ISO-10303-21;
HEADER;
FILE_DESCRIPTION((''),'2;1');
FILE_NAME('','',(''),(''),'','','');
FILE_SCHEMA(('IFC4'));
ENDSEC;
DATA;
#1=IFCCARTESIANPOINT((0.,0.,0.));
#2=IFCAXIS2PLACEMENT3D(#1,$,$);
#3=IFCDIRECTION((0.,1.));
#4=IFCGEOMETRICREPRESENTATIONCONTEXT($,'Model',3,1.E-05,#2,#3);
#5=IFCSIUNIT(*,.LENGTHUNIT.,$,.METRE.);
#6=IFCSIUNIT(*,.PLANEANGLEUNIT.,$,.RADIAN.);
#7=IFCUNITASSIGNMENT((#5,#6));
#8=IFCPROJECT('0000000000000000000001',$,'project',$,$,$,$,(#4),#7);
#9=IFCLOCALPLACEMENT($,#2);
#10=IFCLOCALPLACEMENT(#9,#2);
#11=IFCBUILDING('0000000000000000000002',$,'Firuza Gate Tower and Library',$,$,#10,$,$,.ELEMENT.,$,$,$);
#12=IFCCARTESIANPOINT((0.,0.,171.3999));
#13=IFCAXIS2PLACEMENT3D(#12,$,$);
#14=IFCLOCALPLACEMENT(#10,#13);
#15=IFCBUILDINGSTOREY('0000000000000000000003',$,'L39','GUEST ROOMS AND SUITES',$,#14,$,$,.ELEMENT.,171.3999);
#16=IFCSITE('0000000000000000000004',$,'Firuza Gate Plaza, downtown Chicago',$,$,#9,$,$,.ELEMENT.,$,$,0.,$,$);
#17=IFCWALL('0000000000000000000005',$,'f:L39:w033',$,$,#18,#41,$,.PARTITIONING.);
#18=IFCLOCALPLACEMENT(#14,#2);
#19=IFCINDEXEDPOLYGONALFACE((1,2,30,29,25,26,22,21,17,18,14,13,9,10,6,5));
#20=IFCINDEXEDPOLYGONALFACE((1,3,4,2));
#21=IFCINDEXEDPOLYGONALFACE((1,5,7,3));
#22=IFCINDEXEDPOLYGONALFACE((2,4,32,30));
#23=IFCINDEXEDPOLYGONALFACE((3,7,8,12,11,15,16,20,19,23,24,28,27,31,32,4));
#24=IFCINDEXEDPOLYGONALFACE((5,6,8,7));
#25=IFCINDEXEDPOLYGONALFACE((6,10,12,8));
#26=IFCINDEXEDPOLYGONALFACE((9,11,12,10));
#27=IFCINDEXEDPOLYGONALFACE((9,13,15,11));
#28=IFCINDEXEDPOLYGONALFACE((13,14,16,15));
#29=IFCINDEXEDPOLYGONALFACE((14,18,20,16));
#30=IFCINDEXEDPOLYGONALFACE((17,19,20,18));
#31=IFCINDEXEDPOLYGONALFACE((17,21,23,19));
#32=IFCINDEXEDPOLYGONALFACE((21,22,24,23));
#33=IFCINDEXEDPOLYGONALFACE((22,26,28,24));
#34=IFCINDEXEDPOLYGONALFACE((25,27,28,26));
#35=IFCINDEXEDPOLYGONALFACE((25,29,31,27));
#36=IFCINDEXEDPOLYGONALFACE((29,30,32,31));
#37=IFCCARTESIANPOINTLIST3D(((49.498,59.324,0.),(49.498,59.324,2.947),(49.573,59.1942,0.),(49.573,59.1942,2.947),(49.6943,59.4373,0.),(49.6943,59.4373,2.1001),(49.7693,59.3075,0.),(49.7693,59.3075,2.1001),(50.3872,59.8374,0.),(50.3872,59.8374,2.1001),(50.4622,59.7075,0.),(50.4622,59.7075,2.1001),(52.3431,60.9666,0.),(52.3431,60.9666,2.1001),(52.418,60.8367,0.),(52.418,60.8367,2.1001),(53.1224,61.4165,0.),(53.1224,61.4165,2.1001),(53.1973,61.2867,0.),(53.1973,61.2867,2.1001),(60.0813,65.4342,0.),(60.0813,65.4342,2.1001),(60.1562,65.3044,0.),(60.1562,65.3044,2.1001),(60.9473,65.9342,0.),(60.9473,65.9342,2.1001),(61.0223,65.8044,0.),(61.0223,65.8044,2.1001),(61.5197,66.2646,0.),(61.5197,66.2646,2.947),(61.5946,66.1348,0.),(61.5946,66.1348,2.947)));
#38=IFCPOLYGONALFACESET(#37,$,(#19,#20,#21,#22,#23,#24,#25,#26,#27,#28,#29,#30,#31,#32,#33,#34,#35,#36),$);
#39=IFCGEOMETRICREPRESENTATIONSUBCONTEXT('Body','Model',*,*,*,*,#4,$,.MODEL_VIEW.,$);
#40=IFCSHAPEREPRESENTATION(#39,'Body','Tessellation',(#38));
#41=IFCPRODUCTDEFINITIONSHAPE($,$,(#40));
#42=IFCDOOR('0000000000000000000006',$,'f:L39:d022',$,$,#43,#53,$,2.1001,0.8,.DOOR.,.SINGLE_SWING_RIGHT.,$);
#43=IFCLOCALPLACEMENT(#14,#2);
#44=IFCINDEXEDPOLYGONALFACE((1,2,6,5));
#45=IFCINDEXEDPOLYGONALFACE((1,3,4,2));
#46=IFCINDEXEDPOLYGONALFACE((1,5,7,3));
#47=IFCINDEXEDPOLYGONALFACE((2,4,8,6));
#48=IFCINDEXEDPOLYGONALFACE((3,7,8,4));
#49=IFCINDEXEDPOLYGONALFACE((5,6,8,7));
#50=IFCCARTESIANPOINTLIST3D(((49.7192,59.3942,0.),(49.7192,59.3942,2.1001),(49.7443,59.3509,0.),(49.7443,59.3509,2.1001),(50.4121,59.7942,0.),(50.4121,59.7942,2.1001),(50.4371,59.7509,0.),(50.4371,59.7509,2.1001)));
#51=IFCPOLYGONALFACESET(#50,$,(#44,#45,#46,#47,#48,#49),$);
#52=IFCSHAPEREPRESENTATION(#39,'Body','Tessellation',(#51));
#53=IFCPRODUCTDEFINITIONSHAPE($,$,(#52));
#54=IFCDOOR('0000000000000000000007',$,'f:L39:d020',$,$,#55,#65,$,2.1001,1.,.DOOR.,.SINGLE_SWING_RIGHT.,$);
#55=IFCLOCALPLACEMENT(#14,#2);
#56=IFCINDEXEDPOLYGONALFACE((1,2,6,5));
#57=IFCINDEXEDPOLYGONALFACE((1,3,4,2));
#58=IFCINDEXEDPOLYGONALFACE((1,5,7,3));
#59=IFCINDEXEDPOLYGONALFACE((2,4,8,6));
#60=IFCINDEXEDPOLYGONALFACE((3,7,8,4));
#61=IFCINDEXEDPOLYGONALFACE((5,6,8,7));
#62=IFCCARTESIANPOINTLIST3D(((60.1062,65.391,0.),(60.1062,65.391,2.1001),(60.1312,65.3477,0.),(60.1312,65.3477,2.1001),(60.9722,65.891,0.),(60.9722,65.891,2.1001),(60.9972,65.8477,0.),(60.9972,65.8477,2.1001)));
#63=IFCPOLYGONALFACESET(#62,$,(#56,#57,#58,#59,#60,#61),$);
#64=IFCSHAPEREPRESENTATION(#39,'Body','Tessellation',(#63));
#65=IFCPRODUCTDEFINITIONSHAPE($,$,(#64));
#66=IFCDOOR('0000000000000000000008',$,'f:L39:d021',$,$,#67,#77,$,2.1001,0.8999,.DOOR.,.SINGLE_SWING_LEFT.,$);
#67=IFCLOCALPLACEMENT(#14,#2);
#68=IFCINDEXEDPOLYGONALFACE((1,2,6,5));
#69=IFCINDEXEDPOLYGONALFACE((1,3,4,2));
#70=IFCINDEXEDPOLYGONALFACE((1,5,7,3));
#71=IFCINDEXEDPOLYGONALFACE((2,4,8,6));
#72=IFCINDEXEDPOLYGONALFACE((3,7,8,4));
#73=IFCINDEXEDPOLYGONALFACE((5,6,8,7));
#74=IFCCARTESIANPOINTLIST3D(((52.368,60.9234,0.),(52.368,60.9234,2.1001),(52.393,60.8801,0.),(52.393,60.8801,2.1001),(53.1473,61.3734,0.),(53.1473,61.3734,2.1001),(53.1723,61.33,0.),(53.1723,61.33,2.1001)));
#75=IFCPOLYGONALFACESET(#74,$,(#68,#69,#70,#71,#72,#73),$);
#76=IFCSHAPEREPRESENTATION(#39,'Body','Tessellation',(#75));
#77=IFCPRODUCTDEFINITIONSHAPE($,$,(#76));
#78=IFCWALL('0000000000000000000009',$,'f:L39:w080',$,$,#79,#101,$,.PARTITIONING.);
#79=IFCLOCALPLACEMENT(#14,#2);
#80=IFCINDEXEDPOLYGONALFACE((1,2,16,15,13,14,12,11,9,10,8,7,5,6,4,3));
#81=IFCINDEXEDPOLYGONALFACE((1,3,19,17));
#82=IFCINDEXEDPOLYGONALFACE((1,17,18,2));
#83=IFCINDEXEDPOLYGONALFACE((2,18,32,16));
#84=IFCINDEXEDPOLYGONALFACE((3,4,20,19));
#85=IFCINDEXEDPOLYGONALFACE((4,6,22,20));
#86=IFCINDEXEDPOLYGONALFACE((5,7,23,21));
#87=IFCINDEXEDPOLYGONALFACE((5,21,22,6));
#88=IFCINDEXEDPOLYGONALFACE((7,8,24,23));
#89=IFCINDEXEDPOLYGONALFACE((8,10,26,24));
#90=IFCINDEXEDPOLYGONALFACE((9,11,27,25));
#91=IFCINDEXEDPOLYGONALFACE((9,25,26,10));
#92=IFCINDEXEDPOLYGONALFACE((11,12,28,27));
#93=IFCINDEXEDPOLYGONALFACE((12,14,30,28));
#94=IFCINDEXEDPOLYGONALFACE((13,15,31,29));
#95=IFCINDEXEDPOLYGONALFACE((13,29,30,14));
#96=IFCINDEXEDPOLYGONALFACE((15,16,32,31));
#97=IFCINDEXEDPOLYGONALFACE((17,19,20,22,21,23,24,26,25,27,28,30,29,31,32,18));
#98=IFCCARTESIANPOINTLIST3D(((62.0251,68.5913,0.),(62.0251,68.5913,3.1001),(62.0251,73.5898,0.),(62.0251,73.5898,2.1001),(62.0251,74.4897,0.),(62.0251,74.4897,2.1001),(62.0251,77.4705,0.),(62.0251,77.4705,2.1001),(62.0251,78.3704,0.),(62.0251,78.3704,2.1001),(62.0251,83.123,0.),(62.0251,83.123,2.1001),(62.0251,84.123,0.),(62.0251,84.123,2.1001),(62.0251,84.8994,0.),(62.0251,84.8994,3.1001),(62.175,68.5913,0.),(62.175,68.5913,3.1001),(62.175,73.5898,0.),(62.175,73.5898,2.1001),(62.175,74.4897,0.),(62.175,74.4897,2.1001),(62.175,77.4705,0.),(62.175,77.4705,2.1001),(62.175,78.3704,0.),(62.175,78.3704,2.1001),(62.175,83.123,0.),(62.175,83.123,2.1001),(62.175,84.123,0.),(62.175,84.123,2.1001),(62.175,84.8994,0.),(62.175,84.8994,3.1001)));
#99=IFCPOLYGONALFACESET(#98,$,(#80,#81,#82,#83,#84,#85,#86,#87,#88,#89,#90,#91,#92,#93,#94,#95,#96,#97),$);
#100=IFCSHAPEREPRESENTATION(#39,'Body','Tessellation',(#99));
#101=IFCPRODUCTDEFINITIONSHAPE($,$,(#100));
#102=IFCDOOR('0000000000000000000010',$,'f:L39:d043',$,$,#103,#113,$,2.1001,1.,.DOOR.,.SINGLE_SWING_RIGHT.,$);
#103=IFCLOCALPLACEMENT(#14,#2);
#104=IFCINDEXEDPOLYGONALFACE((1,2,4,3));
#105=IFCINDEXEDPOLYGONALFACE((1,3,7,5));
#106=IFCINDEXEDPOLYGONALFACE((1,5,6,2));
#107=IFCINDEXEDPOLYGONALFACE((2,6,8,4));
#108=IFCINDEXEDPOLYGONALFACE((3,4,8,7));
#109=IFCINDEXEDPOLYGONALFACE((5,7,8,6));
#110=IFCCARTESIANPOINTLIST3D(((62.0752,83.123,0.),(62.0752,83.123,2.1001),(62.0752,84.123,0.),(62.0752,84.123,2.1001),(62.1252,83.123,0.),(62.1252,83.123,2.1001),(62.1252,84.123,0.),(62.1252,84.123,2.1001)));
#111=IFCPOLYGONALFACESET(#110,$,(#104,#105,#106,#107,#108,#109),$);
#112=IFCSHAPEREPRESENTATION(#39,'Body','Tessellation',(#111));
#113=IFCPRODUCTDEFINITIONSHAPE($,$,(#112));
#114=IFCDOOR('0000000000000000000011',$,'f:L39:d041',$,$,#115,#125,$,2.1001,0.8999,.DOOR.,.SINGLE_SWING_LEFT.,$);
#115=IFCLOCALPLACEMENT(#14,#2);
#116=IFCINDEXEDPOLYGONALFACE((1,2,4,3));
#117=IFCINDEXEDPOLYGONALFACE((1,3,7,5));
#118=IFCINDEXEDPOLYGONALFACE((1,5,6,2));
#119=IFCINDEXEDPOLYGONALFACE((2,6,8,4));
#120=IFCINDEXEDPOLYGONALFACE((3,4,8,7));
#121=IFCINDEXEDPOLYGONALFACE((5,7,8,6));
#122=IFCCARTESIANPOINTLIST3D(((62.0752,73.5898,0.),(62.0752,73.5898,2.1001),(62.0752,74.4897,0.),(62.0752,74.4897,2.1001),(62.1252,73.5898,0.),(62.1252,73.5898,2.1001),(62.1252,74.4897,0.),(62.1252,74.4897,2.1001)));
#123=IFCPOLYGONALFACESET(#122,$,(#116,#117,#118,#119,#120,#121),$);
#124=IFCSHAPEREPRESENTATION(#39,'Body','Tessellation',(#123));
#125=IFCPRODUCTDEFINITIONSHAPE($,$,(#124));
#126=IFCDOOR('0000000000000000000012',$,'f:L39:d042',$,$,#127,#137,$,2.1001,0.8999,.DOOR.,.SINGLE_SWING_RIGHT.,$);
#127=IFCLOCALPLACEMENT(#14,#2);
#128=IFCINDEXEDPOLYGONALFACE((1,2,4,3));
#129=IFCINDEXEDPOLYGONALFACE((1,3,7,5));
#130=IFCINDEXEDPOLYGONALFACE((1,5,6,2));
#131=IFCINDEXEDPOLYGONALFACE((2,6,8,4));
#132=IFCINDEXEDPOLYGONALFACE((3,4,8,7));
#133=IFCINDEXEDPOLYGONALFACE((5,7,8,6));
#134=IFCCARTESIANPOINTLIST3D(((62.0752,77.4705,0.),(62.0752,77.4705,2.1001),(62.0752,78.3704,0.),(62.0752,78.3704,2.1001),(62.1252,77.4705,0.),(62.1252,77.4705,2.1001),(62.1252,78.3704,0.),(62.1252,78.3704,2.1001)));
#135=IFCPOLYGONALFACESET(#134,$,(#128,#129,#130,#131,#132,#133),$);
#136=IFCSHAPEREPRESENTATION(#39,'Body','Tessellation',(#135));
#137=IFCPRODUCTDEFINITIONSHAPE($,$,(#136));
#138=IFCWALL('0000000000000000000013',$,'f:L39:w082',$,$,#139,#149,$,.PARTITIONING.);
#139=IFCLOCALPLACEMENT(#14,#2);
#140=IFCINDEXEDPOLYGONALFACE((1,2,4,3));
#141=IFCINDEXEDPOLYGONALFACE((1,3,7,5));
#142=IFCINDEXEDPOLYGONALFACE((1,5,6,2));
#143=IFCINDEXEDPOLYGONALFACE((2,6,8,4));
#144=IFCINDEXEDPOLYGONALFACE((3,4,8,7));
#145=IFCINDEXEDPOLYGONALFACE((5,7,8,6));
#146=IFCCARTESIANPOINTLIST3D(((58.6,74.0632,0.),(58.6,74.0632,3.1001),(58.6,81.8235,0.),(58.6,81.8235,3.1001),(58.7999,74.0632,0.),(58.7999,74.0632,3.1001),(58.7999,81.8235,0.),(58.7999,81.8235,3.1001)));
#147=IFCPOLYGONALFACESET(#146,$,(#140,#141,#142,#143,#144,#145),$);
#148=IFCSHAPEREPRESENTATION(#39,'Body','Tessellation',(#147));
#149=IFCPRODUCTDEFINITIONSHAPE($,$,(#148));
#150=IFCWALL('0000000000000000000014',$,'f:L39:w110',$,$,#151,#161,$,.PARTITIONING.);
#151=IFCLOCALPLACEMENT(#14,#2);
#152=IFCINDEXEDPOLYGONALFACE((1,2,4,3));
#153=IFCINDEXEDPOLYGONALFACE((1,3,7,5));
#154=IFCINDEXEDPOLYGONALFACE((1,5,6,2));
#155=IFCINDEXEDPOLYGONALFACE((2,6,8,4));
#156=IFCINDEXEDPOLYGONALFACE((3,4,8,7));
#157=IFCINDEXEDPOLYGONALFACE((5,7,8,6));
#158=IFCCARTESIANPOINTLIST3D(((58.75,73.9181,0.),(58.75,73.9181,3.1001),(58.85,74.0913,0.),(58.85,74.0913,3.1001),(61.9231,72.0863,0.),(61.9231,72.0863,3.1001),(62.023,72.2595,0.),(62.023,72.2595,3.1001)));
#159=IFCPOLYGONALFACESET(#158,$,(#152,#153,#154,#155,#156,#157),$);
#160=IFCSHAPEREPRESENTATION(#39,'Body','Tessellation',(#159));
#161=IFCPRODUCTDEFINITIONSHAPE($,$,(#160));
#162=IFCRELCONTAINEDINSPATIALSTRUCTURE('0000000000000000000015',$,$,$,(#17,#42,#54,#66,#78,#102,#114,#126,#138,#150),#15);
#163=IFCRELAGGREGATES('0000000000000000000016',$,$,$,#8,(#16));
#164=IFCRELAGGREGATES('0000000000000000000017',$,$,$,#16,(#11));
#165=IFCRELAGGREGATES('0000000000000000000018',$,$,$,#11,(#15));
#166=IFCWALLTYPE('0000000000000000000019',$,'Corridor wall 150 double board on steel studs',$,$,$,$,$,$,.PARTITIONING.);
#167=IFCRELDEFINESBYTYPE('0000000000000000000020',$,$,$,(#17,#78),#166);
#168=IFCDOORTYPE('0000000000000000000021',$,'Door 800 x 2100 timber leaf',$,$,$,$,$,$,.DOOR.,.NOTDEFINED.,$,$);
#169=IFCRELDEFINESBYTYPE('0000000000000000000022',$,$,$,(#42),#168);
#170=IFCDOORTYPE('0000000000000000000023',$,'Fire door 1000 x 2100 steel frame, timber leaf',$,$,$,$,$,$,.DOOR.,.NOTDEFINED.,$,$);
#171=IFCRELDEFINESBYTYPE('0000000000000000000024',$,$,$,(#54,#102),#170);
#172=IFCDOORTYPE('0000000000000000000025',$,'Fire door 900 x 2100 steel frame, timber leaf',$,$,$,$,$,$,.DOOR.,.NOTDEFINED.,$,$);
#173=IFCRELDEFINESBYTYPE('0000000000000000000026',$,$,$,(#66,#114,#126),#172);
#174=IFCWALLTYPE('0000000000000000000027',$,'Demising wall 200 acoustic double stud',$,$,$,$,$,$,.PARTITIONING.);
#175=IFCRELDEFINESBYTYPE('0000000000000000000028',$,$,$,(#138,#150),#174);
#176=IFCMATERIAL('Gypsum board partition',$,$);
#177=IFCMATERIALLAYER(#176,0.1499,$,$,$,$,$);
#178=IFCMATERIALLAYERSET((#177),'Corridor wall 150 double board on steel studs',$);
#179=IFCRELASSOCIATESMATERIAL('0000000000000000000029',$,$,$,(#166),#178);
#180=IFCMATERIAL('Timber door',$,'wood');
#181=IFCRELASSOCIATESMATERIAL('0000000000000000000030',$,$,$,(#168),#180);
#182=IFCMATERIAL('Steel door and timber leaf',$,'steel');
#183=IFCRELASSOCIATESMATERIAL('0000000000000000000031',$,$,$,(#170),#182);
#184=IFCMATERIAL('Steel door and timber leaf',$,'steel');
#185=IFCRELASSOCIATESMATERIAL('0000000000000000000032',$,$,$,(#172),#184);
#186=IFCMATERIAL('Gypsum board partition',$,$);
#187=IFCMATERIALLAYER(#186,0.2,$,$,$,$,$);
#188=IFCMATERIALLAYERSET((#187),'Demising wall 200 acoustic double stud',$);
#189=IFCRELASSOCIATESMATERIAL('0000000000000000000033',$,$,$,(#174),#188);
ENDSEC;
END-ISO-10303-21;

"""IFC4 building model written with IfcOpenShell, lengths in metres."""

from ifc_helpers import new_model, si_unit, direction, frame, frame_2d, origin, place, context, subcontext, project, spatial, rectangle, extrude, material, layer, layer_set, type_object, element, fill, save


model = new_model("IFC4")

# Units and contexts
model_context = context("Model", 3, precision=1e-05, world=origin(), true_north=direction((0.0, 1.0)))
body_context = subcontext(model_context, "Body", "Model", "MODEL_VIEW")
ifc_project = project(units=[si_unit("LENGTHUNIT", "METRE"), si_unit("PLANEANGLEUNIT", "RADIAN")], contexts=[model_context])

# Site, building, storey
site_placement = place(None, origin())
site = spatial("IfcSite", under=ifc_project, at=site_placement, Name="Firuza Gate Plaza, downtown Chicago", CompositionType="ELEMENT", RefElevation=0.0)
building_placement = place(site_placement, origin())
building = spatial("IfcBuilding", under=site, at=building_placement, Name="Firuza Gate Tower and Library", CompositionType="ELEMENT")
storey_placement = place(building_placement, frame((0.0, 0.0, 171.3999)))
storey = spatial("IfcBuildingStorey", under=building, at=storey_placement, Name="L39", Description="GUEST ROOMS AND SUITES", CompositionType="ELEMENT", Elevation=171.3999)

# Shared definitions
ifc_material_1 = material(Name="Gypsum board partition")
ifc_layer_1 = layer(ifc_material_1, 0.1499)
ifc_layer_set_1 = layer_set([ifc_layer_1], Name="Corridor wall 150 double board on steel studs")
wall_type_1 = type_object("IfcWallType", Name="Corridor wall 150 double board on steel studs", PredefinedType="PARTITIONING", material=ifc_layer_set_1)

# Walls, openings, doors
wall_1_placement = place(storey_placement, frame((61.5571, 66.1997, 0.0), z_axis=(0.0, 0.0, 1.0), x_axis=(-0.866028, -0.499996, 0.0)))
wall_1 = element("IfcWall", 1, at=wall_1_placement, inside=storey, type_object=wall_type_1, Name="f:L39:w033", PredefinedType="PARTITIONING", context=body_context, shape_type="SweptSolid", body=[
    extrude(rectangle(XDim=13.8813, YDim=0.1499, at=frame_2d((6.9407, 0.0))), origin(), (0.0, 0.0, 1.0), 2.947),
])
opening_1_placement = place(wall_1_placement, frame((0.6609, 0.0, 0.0)))
opening_1 = element("IfcOpeningElement", 2, at=opening_1_placement, cuts=wall_1, PredefinedType="OPENING", context=body_context, shape_type="SweptSolid", body=[
    extrude(rectangle(XDim=1.0, YDim=2.1001, at=frame_2d((0.5, 1.05))), frame((0.0, 0.085, 0.0), z_axis=(0.0, -1.0, 0.0), x_axis=(1.0, 0.0, 0.0)), (0.0, 0.0, 1.0), 0.1699),
])
opening_2_placement = place(wall_1_placement, frame((9.6963, 0.0, 0.0)))
opening_2 = element("IfcOpeningElement", 3, at=opening_2_placement, cuts=wall_1, PredefinedType="OPENING", context=body_context, shape_type="SweptSolid", body=[
    extrude(rectangle(XDim=0.8999, YDim=2.1001, at=frame_2d((0.45, 1.05))), frame((0.0, 0.085, 0.0), z_axis=(0.0, -1.0, 0.0), x_axis=(1.0, 0.0, 0.0)), (0.0, 0.0, 1.0), 0.1699),
])
opening_3_placement = place(wall_1_placement, frame((12.8547, 0.0, 0.0)))
opening_3 = element("IfcOpeningElement", 4, at=opening_3_placement, cuts=wall_1, PredefinedType="OPENING", context=body_context, shape_type="SweptSolid", body=[
    extrude(rectangle(XDim=0.8, YDim=2.1001, at=frame_2d((0.3999, 1.05))), frame((0.0, 0.085, 0.0), z_axis=(0.0, -1.0, 0.0), x_axis=(1.0, 0.0, 0.0)), (0.0, 0.0, 1.0), 0.1699),
])
ifc_material_2 = material(Name="Timber door", Category="wood")
door_type_1 = type_object("IfcDoorType", Name="Door 800 x 2100 timber leaf", OperationType="NOTDEFINED", PredefinedType="DOOR", material=ifc_material_2)
door_1_placement = place(opening_3_placement, origin())
door_1 = element("IfcDoor", 5, at=door_1_placement, inside=storey, type_object=door_type_1, Name="f:L39:d022", OperationType="SINGLE_SWING_RIGHT", OverallHeight=2.1001, OverallWidth=0.8, PredefinedType="DOOR", context=body_context, shape_type="SweptSolid", body=[
    extrude(rectangle(XDim=0.8, YDim=2.1001, at=frame_2d((0.3999, 1.05))), frame((0.0, 0.0249, 0.0), z_axis=(0.0, -1.0, 0.0), x_axis=(1.0, 0.0, 0.0)), (0.0, 0.0, 1.0), 0.05),
])
fill(opening_3, door_1)
ifc_material_3 = material(Name="Steel door and timber leaf", Category="steel")
door_type_2 = type_object("IfcDoorType", Name="Fire door 1000 x 2100 steel frame, timber leaf", OperationType="NOTDEFINED", PredefinedType="DOOR", material=ifc_material_3)
door_2_placement = place(opening_1_placement, origin())
door_2 = element("IfcDoor", 6, at=door_2_placement, inside=storey, type_object=door_type_2, Name="f:L39:d020", OperationType="SINGLE_SWING_RIGHT", OverallHeight=2.1001, OverallWidth=1.0, PredefinedType="DOOR", context=body_context, shape_type="SweptSolid", body=[
    extrude(rectangle(XDim=1.0, YDim=2.1001, at=frame_2d((0.5, 1.05))), frame((0.0, 0.0249, 0.0), z_axis=(0.0, -1.0, 0.0), x_axis=(1.0, 0.0, 0.0)), (0.0, 0.0, 1.0), 0.05),
])
fill(opening_1, door_2)
ifc_material_4 = material(Name="Steel door and timber leaf", Category="steel")
door_type_3 = type_object("IfcDoorType", Name="Fire door 900 x 2100 steel frame, timber leaf", OperationType="NOTDEFINED", PredefinedType="DOOR", material=ifc_material_4)
door_3_placement = place(opening_2_placement, origin())
door_3 = element("IfcDoor", 7, at=door_3_placement, inside=storey, type_object=door_type_3, Name="f:L39:d021", OperationType="SINGLE_SWING_LEFT", OverallHeight=2.1001, OverallWidth=0.8999, PredefinedType="DOOR", context=body_context, shape_type="SweptSolid", body=[
    extrude(rectangle(XDim=0.8999, YDim=2.1001, at=frame_2d((0.45, 1.05))), frame((0.0, 0.0249, 0.0), z_axis=(0.0, -1.0, 0.0), x_axis=(1.0, 0.0, 0.0)), (0.0, 0.0, 1.0), 0.05),
])
fill(opening_2, door_3)
wall_2_placement = place(storey_placement, frame((62.1001, 68.5913, 0.0), z_axis=(0.0, 0.0, 1.0), x_axis=(0.0, 1.0, 0.0)))
wall_2 = element("IfcWall", 8, at=wall_2_placement, inside=storey, type_object=wall_type_1, Name="f:L39:w080", PredefinedType="PARTITIONING", context=body_context, shape_type="SweptSolid", body=[
    extrude(rectangle(XDim=16.3081, YDim=0.1499, at=frame_2d((8.1541, 0.0))), origin(), (0.0, 0.0, 1.0), 3.1001),
])
opening_4_placement = place(wall_2_placement, frame((4.9985, 0.0, 0.0)))
opening_4 = element("IfcOpeningElement", 9, at=opening_4_placement, cuts=wall_2, PredefinedType="OPENING", context=body_context, shape_type="SweptSolid", body=[
    extrude(rectangle(XDim=0.8999, YDim=2.1001, at=frame_2d((0.45, 1.05))), frame((0.0, 0.085, 0.0), z_axis=(0.0, -1.0, 0.0), x_axis=(1.0, 0.0, 0.0)), (0.0, 0.0, 1.0), 0.1699),
])
opening_5_placement = place(wall_2_placement, frame((8.8792, 0.0, 0.0)))
opening_5 = element("IfcOpeningElement", 10, at=opening_5_placement, cuts=wall_2, PredefinedType="OPENING", context=body_context, shape_type="SweptSolid", body=[
    extrude(rectangle(XDim=0.8999, YDim=2.1001, at=frame_2d((0.45, 1.05))), frame((0.0, 0.085, 0.0), z_axis=(0.0, -1.0, 0.0), x_axis=(1.0, 0.0, 0.0)), (0.0, 0.0, 1.0), 0.1699),
])
opening_6_placement = place(wall_2_placement, frame((14.5317, 0.0, 0.0)))
opening_6 = element("IfcOpeningElement", 11, at=opening_6_placement, cuts=wall_2, PredefinedType="OPENING", context=body_context, shape_type="SweptSolid", body=[
    extrude(rectangle(XDim=1.0, YDim=2.1001, at=frame_2d((0.5, 1.05))), frame((0.0, 0.085, 0.0), z_axis=(0.0, -1.0, 0.0), x_axis=(1.0, 0.0, 0.0)), (0.0, 0.0, 1.0), 0.1699),
])
door_4_placement = place(opening_6_placement, origin())
door_4 = element("IfcDoor", 12, at=door_4_placement, inside=storey, type_object=door_type_2, Name="f:L39:d043", OperationType="SINGLE_SWING_RIGHT", OverallHeight=2.1001, OverallWidth=1.0, PredefinedType="DOOR", context=body_context, shape_type="SweptSolid", body=[
    extrude(rectangle(XDim=1.0, YDim=2.1001, at=frame_2d((0.5, 1.05))), frame((0.0, 0.0249, 0.0), z_axis=(0.0, -1.0, 0.0), x_axis=(1.0, 0.0, 0.0)), (0.0, 0.0, 1.0), 0.05),
])
fill(opening_6, door_4)
door_5_placement = place(opening_4_placement, origin())
door_5 = element("IfcDoor", 13, at=door_5_placement, inside=storey, type_object=door_type_3, Name="f:L39:d041", OperationType="SINGLE_SWING_LEFT", OverallHeight=2.1001, OverallWidth=0.8999, PredefinedType="DOOR", context=body_context, shape_type="SweptSolid", body=[
    extrude(rectangle(XDim=0.8999, YDim=2.1001, at=frame_2d((0.45, 1.05))), frame((0.0, 0.0249, 0.0), z_axis=(0.0, -1.0, 0.0), x_axis=(1.0, 0.0, 0.0)), (0.0, 0.0, 1.0), 0.05),
])
fill(opening_4, door_5)
door_6_placement = place(opening_5_placement, origin())
door_6 = element("IfcDoor", 14, at=door_6_placement, inside=storey, type_object=door_type_3, Name="f:L39:d042", OperationType="SINGLE_SWING_RIGHT", OverallHeight=2.1001, OverallWidth=0.8999, PredefinedType="DOOR", context=body_context, shape_type="SweptSolid", body=[
    extrude(rectangle(XDim=0.8999, YDim=2.1001, at=frame_2d((0.45, 1.05))), frame((0.0, 0.0249, 0.0), z_axis=(0.0, -1.0, 0.0), x_axis=(1.0, 0.0, 0.0)), (0.0, 0.0, 1.0), 0.05),
])
fill(opening_5, door_6)

# Walls
ifc_material_5 = material(Name="Gypsum board partition")
ifc_layer_2 = layer(ifc_material_5, 0.2)
ifc_layer_set_2 = layer_set([ifc_layer_2], Name="Demising wall 200 acoustic double stud")
wall_type_2 = type_object("IfcWallType", Name="Demising wall 200 acoustic double stud", PredefinedType="PARTITIONING", material=ifc_layer_set_2)
wall_3_placement = place(storey_placement, frame((58.7, 74.0632, 0.0), z_axis=(0.0, 0.0, 1.0), x_axis=(0.0, 1.0, 0.0)))
element("IfcWall", 15, at=wall_3_placement, inside=storey, type_object=wall_type_2, Name="f:L39:w082", PredefinedType="PARTITIONING", context=body_context, shape_type="SweptSolid", body=[
    extrude(rectangle(XDim=7.7603, YDim=0.2, at=frame_2d((3.8801, 0.0))), origin(), (0.0, 0.0, 1.0), 3.1001),
])
wall_4_placement = place(storey_placement, frame((61.9731, 72.1729, 0.0), z_axis=(0.0, 0.0, 1.0), x_axis=(-0.866049, 0.499959, 0.0)))
element("IfcWall", 16, at=wall_4_placement, inside=storey, type_object=wall_type_2, Name="f:L39:w110", PredefinedType="PARTITIONING", context=body_context, shape_type="SweptSolid", body=[
    extrude(rectangle(XDim=3.6638, YDim=0.2, at=frame_2d((1.832, 0.0))), origin(), (0.0, 0.0, 1.0), 3.1001),
])

save(model, "model.ifc")
